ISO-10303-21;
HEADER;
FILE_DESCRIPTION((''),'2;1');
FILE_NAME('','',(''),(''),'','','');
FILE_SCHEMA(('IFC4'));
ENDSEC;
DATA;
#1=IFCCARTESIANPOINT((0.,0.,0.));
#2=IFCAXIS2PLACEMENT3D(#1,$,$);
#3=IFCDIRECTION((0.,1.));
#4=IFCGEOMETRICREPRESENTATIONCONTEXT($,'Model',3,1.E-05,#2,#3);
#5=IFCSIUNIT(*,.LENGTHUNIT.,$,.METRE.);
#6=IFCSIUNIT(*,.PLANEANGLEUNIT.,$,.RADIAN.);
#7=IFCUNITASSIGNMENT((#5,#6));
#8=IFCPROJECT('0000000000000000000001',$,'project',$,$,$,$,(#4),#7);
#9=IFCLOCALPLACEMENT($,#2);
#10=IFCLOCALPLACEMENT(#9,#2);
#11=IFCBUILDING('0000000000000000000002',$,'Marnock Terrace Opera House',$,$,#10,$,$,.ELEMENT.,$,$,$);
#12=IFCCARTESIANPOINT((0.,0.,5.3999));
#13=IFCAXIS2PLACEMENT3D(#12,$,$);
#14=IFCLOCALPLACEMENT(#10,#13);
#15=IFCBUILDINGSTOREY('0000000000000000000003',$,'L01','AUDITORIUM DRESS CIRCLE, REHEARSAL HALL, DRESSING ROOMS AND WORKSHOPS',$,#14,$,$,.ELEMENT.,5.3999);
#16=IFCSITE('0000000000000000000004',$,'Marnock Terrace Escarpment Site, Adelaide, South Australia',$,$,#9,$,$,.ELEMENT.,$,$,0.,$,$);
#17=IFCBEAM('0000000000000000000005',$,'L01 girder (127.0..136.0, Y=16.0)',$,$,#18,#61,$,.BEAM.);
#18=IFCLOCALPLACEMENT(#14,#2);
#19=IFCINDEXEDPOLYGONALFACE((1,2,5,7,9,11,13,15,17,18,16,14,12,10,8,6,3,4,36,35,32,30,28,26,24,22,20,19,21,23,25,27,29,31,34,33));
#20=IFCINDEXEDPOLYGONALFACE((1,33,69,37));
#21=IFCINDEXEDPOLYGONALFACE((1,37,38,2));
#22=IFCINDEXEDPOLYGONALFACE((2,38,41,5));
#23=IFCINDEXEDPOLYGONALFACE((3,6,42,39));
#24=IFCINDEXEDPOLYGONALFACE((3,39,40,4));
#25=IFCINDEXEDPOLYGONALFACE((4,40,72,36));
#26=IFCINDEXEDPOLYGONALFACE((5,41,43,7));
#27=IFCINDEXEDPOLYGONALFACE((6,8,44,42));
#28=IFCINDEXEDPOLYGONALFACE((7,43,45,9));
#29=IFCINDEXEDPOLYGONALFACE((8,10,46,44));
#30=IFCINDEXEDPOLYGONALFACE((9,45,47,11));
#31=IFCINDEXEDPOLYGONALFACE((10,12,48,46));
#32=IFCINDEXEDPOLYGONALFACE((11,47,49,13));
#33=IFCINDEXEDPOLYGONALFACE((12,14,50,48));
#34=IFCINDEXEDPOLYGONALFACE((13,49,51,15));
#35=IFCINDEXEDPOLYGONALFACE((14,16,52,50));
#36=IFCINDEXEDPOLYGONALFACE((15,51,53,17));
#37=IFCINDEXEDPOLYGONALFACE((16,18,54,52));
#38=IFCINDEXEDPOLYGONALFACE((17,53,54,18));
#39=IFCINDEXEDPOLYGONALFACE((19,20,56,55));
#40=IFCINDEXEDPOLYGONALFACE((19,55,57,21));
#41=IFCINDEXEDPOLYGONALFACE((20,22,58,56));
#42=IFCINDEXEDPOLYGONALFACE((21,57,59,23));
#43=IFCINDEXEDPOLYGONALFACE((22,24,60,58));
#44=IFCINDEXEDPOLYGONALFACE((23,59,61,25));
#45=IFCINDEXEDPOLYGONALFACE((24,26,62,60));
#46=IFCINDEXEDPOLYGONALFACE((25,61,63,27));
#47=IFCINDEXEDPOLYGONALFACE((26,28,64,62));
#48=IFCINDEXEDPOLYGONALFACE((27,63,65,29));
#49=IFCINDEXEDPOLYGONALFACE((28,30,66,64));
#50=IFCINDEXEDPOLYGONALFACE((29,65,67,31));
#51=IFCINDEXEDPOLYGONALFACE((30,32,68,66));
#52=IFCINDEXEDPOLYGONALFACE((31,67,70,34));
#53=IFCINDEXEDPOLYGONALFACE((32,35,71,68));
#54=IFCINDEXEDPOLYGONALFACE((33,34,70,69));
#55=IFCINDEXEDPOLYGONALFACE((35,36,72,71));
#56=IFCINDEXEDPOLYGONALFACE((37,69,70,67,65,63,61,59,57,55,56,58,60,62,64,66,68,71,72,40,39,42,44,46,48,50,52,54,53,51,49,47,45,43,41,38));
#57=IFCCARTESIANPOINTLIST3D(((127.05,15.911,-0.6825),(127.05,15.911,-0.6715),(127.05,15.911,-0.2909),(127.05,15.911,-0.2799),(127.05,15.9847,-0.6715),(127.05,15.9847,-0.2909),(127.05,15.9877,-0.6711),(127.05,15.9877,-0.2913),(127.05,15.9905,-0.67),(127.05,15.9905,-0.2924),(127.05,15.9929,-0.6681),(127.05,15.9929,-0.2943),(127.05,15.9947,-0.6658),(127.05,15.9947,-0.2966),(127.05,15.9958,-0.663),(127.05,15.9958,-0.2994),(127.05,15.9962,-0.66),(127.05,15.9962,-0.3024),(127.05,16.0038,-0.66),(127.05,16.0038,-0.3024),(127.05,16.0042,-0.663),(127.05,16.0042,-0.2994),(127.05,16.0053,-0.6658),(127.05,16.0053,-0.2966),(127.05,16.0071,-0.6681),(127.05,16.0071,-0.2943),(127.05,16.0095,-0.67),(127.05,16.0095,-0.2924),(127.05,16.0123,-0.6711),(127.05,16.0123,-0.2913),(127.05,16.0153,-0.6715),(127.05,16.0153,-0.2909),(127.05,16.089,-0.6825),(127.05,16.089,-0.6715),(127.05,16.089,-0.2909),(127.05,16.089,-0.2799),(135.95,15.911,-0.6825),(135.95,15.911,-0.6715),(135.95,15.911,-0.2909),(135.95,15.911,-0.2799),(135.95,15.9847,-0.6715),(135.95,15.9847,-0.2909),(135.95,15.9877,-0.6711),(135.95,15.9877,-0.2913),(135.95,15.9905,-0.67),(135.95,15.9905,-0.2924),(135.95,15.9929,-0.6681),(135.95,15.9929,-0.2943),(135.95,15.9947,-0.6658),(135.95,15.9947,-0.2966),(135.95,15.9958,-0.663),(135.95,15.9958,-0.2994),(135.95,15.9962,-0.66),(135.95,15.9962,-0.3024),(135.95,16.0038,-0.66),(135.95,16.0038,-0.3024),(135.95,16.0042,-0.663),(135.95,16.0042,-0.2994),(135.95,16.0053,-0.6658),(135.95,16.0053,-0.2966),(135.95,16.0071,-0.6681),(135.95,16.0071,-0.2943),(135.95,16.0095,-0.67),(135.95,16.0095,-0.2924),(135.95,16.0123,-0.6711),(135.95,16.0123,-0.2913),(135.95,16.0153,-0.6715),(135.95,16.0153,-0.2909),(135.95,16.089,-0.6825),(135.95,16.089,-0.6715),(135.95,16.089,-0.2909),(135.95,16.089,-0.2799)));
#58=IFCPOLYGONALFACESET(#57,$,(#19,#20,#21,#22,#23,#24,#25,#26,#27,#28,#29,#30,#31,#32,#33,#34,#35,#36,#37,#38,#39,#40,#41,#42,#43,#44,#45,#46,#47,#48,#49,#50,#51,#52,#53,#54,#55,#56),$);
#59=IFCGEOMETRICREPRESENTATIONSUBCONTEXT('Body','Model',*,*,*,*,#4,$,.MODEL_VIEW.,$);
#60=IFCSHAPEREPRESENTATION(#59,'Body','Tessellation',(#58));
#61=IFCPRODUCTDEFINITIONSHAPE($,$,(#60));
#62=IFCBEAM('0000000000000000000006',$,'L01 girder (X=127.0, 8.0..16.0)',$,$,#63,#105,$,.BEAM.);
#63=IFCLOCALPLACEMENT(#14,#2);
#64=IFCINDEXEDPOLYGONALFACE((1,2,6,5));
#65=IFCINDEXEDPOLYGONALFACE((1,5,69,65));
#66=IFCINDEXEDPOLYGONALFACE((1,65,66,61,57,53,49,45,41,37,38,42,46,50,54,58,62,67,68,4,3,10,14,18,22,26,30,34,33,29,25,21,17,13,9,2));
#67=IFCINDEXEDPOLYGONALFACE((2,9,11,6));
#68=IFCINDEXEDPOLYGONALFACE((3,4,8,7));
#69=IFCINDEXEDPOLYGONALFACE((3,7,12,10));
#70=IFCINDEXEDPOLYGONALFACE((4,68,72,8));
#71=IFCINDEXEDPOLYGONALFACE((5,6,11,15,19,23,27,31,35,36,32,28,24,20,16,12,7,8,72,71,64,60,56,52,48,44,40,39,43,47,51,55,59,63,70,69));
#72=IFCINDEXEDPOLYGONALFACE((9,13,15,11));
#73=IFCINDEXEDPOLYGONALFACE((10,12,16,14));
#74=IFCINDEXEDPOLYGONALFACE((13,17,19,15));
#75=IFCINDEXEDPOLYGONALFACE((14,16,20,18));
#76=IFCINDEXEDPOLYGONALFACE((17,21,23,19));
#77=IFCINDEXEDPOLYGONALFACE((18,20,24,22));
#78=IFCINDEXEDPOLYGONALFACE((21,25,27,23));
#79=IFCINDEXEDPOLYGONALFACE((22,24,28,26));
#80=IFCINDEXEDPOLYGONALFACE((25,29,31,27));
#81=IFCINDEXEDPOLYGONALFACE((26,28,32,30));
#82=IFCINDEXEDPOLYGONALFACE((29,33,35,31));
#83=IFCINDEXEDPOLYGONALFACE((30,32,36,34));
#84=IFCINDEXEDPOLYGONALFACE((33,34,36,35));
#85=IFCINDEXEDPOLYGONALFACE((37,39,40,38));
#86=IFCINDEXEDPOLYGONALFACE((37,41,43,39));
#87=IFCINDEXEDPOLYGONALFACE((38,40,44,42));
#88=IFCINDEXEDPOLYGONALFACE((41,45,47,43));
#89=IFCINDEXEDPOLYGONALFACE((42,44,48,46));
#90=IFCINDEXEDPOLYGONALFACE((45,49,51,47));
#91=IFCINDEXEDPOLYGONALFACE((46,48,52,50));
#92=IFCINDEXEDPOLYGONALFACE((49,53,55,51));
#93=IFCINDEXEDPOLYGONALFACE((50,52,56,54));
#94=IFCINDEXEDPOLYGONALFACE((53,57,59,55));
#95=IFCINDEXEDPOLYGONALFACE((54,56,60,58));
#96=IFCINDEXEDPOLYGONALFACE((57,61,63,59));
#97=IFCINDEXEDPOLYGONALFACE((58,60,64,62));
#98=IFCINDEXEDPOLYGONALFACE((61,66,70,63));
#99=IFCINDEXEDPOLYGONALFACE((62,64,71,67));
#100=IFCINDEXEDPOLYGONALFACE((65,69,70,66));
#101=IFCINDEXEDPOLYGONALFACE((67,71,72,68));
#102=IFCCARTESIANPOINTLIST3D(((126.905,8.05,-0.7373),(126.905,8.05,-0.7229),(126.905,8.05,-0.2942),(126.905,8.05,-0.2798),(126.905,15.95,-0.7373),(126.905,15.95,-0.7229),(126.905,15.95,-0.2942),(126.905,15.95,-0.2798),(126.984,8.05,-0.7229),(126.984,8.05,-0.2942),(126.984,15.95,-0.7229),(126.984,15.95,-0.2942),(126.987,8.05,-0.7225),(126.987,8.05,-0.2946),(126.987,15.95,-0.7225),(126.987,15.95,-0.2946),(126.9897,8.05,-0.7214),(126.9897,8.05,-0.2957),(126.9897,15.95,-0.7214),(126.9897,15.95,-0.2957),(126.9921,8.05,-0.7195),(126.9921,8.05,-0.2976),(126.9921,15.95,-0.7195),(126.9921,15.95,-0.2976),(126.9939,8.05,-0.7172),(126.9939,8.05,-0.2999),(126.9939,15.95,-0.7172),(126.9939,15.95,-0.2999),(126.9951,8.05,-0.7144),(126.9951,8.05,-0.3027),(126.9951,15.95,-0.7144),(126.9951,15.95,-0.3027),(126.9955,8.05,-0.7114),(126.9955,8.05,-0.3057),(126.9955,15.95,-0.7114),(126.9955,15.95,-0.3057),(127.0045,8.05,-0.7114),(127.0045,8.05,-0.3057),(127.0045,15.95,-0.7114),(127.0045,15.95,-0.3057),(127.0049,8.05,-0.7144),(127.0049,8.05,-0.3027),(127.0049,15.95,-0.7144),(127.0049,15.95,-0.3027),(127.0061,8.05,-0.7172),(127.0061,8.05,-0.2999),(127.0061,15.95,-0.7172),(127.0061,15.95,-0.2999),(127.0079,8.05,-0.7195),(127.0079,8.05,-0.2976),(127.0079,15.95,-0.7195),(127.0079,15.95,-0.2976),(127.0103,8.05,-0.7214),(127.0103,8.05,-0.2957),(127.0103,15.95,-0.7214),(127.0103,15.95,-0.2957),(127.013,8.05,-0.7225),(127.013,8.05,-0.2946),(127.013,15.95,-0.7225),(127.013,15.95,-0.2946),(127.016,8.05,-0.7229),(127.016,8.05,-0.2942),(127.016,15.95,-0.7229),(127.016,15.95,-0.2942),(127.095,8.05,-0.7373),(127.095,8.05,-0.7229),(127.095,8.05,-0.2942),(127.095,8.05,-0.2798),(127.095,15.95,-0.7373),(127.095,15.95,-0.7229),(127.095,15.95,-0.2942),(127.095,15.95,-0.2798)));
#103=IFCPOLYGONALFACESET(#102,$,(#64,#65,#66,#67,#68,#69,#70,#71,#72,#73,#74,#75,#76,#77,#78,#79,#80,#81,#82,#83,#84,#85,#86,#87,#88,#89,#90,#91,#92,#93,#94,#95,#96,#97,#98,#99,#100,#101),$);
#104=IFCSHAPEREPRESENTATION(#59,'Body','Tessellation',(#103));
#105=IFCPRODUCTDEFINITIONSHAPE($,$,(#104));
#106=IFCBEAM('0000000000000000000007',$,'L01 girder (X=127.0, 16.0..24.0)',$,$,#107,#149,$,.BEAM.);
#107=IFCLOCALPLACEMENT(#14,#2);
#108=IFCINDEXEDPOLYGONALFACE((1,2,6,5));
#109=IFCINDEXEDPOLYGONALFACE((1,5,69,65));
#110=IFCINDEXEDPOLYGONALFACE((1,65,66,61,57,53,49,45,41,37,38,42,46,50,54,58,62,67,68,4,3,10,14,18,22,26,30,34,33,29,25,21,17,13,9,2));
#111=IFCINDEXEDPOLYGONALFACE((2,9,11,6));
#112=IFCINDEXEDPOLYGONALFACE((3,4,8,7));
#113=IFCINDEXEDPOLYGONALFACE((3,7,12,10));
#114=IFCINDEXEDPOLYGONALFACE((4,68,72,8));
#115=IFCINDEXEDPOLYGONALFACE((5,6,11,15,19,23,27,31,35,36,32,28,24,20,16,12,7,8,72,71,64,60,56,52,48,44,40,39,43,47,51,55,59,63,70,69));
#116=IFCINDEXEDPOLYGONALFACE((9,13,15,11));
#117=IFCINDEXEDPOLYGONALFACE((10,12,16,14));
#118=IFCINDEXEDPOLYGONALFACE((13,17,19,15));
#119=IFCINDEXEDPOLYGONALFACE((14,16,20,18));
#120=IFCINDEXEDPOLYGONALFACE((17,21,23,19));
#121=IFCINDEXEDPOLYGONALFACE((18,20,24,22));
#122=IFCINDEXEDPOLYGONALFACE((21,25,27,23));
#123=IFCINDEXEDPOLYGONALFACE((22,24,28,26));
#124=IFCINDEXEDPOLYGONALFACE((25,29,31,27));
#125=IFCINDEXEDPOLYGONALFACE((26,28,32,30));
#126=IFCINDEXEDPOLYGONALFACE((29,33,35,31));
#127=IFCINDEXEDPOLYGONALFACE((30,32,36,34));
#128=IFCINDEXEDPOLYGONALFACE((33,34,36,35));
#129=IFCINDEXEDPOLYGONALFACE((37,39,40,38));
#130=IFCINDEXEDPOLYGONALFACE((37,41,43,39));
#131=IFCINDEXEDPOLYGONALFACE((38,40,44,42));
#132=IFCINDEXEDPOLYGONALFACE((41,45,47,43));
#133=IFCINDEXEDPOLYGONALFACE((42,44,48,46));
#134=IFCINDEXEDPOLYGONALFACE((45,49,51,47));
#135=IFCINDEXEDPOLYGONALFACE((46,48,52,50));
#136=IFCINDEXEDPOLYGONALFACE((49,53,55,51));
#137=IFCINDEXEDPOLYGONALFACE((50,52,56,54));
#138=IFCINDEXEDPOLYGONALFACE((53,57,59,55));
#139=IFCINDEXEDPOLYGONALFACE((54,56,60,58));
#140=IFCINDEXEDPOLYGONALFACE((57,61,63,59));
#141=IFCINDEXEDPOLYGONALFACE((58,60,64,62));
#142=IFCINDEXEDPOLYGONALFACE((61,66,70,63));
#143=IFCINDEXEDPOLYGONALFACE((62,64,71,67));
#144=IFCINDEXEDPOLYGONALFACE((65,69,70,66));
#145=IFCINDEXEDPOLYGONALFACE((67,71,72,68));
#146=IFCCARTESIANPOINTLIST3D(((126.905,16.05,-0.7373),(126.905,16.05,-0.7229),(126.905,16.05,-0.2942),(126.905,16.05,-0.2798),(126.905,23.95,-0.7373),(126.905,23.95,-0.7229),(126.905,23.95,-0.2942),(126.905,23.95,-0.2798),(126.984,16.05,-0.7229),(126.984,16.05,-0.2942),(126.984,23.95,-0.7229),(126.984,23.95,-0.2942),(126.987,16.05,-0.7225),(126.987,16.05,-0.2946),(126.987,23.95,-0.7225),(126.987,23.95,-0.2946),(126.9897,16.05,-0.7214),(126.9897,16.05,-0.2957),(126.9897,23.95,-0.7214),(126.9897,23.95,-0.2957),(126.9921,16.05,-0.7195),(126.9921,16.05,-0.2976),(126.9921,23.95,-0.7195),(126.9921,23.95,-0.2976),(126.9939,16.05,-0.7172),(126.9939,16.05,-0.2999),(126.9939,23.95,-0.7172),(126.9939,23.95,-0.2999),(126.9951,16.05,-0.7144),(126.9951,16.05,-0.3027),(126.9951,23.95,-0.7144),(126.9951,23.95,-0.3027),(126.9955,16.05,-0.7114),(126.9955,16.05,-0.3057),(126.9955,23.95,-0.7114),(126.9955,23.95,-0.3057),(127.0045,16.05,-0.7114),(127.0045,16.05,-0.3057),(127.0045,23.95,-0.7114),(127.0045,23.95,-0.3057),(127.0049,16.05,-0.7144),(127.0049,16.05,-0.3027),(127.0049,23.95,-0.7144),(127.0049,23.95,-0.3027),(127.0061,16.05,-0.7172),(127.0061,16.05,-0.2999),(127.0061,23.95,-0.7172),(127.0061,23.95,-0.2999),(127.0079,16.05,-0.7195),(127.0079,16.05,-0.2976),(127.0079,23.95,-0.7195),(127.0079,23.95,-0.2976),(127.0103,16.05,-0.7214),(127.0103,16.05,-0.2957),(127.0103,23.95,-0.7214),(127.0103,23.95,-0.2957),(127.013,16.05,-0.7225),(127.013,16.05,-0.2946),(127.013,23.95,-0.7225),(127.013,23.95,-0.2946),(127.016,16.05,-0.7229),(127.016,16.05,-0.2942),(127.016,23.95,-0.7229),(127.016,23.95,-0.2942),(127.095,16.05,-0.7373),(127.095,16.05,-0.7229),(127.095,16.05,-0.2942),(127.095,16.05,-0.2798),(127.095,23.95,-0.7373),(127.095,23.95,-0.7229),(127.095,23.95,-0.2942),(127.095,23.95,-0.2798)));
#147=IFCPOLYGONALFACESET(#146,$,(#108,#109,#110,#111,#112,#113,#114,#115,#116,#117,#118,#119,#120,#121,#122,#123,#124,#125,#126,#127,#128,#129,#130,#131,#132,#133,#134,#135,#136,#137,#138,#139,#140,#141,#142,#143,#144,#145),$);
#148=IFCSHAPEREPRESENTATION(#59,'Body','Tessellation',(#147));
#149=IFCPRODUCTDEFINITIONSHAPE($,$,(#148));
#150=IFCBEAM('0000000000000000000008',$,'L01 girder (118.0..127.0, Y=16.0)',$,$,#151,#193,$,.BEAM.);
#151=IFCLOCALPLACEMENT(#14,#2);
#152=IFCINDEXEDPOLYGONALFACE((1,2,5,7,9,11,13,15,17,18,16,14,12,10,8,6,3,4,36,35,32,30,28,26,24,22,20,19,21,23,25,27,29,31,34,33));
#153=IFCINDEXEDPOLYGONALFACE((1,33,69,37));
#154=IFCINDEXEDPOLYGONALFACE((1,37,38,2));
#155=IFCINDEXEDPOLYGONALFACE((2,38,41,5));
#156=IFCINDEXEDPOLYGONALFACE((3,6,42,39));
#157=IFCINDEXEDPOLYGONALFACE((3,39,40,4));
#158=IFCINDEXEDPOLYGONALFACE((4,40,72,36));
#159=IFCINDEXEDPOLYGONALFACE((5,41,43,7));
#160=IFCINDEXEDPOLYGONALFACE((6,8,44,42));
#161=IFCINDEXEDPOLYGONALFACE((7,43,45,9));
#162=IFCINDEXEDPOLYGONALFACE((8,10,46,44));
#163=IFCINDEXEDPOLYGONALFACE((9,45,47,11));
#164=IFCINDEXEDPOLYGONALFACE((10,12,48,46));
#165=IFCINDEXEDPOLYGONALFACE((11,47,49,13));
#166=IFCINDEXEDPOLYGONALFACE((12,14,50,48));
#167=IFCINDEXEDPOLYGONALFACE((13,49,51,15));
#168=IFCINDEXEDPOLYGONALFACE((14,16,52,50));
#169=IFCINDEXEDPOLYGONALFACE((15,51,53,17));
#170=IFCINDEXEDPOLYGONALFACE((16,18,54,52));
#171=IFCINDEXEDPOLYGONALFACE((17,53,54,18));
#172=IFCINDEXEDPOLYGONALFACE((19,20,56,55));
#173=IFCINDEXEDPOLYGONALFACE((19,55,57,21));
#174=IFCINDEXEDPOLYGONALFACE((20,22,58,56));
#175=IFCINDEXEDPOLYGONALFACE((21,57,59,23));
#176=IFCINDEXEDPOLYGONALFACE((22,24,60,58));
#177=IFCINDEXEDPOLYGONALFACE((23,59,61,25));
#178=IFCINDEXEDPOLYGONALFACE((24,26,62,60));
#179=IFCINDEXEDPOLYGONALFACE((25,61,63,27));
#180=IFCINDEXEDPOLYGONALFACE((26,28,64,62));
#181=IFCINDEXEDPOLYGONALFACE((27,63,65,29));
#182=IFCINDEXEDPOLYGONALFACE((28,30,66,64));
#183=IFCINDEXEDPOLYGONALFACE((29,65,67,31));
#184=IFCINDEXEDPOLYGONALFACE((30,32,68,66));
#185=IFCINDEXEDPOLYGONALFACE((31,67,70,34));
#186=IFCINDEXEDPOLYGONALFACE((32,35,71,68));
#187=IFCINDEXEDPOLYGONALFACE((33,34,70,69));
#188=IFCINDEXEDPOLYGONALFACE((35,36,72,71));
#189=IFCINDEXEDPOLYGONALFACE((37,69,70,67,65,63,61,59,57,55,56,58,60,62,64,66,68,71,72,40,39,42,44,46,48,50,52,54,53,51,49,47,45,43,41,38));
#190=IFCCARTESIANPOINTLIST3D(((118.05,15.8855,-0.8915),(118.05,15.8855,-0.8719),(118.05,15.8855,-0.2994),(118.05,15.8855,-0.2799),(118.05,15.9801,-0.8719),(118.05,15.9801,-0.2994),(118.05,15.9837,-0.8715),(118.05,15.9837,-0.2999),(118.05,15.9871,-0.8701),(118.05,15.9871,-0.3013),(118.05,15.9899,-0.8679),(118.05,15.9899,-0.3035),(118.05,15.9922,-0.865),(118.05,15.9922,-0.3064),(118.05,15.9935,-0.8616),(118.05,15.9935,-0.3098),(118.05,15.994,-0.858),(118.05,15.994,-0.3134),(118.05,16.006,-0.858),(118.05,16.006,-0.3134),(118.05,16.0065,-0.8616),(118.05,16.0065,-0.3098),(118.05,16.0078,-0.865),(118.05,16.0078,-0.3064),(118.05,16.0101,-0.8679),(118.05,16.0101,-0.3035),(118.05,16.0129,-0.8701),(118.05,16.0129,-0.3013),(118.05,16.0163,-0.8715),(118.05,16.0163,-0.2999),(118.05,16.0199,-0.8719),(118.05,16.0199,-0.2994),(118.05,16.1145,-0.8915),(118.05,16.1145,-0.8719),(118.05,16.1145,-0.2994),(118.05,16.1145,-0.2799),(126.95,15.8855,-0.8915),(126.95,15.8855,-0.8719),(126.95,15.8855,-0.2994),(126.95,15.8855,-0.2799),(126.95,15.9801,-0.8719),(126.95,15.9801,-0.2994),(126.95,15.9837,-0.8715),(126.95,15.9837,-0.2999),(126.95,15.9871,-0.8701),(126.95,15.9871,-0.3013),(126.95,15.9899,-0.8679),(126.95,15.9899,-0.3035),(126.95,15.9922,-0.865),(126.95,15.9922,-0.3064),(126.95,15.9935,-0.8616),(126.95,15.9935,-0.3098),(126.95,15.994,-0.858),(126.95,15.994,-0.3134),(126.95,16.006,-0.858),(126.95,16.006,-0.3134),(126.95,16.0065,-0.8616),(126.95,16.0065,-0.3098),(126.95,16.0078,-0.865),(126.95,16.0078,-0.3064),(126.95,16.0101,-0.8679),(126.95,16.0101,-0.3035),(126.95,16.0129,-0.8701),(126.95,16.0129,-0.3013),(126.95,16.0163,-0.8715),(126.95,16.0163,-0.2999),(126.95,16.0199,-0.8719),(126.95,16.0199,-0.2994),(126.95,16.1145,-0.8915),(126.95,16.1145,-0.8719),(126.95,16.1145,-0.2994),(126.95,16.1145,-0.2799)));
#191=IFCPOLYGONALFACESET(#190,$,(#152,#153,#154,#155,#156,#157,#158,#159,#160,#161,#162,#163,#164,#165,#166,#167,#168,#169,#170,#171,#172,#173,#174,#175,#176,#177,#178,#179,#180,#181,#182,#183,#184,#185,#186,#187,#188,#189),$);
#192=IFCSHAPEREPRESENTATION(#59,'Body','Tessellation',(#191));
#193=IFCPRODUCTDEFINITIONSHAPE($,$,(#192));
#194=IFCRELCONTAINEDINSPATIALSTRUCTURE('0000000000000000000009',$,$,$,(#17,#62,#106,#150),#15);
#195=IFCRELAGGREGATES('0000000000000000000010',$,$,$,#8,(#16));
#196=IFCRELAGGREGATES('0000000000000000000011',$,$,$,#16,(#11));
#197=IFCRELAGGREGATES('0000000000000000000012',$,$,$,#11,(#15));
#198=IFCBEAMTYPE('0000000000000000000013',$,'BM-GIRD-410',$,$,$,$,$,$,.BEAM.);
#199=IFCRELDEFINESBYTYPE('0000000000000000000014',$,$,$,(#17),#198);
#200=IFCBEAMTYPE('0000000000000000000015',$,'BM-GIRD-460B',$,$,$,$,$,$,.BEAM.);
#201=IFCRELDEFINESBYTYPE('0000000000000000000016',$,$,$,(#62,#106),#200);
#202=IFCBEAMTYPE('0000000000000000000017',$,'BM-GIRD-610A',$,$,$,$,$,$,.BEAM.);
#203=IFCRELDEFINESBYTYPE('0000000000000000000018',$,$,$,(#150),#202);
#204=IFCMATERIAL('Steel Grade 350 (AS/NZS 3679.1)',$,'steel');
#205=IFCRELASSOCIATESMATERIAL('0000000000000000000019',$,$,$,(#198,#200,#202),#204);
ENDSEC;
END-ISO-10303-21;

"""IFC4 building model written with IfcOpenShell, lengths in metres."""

from ifc_helpers import new_model, si_unit, direction, frame, origin, origin_2d, place, context, subcontext, project, spatial, i_section, extrude, material, material_profile, profile_set, type_object, element, save


model = new_model("IFC4")

# Units and contexts
model_context = context("Model", 3, precision=1e-05, world=origin(), true_north=direction((0.0, 1.0)))
body_context = subcontext(model_context, "Body", "Model", "MODEL_VIEW")
ifc_project = project(units=[si_unit("LENGTHUNIT", "METRE"), si_unit("PLANEANGLEUNIT", "RADIAN")], contexts=[model_context])

# Site, building, storey
site_placement = place(None, origin())
site = spatial("IfcSite", under=ifc_project, at=site_placement, Name="Marnock Terrace Escarpment Site, Adelaide, South Australia", CompositionType="ELEMENT", RefElevation=0.0)
building_placement = place(site_placement, origin())
building = spatial("IfcBuilding", under=site, at=building_placement, Name="Marnock Terrace Opera House", CompositionType="ELEMENT")
storey_placement = place(building_placement, frame((0.0, 0.0, 5.3999)))
storey = spatial("IfcBuildingStorey", under=building, at=storey_placement, Name="L01", Description="AUDITORIUM DRESS CIRCLE, REHEARSAL HALL, DRESSING ROOMS AND WORKSHOPS", CompositionType="ELEMENT", Elevation=5.3999)

# Beams
ifc_material_1 = material(Name="Steel Grade 350 (AS/NZS 3679.1)", Category="steel")
ifc_material_profile_1 = material_profile(ifc_material_1, i_section(OverallWidth=0.178, OverallDepth=0.4026, WebThickness=0.0076, FlangeThickness=0.011, FilletRadius=0.0115, at=origin_2d()))
ifc_profile_set_1 = profile_set([ifc_material_profile_1], Name="Steel Grade 350 (AS/NZS 3679.1)")
beam_type_1 = type_object("IfcBeamType", Name="BM-GIRD-410", PredefinedType="BEAM", material=ifc_profile_set_1)
beam_1_placement = place(storey_placement, frame((127.05, 16.0, -0.4812), z_axis=(1.0, 0.0, 0.0), x_axis=(0.0, 1.0, 0.0)))
element("IfcBeam", 1, at=beam_1_placement, inside=storey, type_object=beam_type_1, Name="L01 girder (127.0..136.0, Y=16.0)", PredefinedType="BEAM", context=body_context, shape_type="SweptSolid", body=[
    extrude(i_section(OverallWidth=0.178, OverallDepth=0.4026, WebThickness=0.0076, FlangeThickness=0.011, FilletRadius=0.0115, at=origin_2d()), origin(), (0.0, 0.0, 1.0), 8.8999),
])
ifc_material_profile_2 = material_profile(ifc_material_1, i_section(OverallWidth=0.1899, OverallDepth=0.4575, WebThickness=0.009, FlangeThickness=0.0144, FilletRadius=0.0115, at=origin_2d()))
ifc_profile_set_2 = profile_set([ifc_material_profile_2], Name="Steel Grade 350 (AS/NZS 3679.1)")
beam_type_2 = type_object("IfcBeamType", Name="BM-GIRD-460B", PredefinedType="BEAM", material=ifc_profile_set_2)
for number, where, z_axis, x_axis, name in (
    (2, (127.0, 8.05, -0.5085), (0.0, 1.0, 0.0), (-1.0, 0.0, 0.0), "L01 girder (X=127.0, 8.0..16.0)"),
    (3, (127.0, 16.05, -0.5085), (0.0, 1.0, 0.0), (-1.0, 0.0, 0.0), "L01 girder (X=127.0, 16.0..24.0)"),
):
    element("IfcBeam", number, at=place(storey_placement, frame(where, z_axis=z_axis, x_axis=x_axis)), inside=storey, type_object=beam_type_2, Name=name, PredefinedType="BEAM", context=body_context, shape_type="SweptSolid", body=[
        extrude(i_section(OverallWidth=0.1899, OverallDepth=0.4575, WebThickness=0.009, FlangeThickness=0.0144, FilletRadius=0.0115, at=origin_2d()), origin(), (0.0, 0.0, 1.0), 7.8999),
    ])
ifc_material_profile_3 = material_profile(ifc_material_1, i_section(OverallWidth=0.229, OverallDepth=0.6116, WebThickness=0.012, FlangeThickness=0.0195, FilletRadius=0.0139, at=origin_2d()))
ifc_profile_set_3 = profile_set([ifc_material_profile_3], Name="Steel Grade 350 (AS/NZS 3679.1)")
beam_type_3 = type_object("IfcBeamType", Name="BM-GIRD-610A", PredefinedType="BEAM", material=ifc_profile_set_3)
beam_2_placement = place(storey_placement, frame((118.05, 16.0, -0.5857), z_axis=(1.0, 0.0, 0.0), x_axis=(0.0, 1.0, 0.0)))
element("IfcBeam", 4, at=beam_2_placement, inside=storey, type_object=beam_type_3, Name="L01 girder (118.0..127.0, Y=16.0)", PredefinedType="BEAM", context=body_context, shape_type="SweptSolid", body=[
    extrude(i_section(OverallWidth=0.229, OverallDepth=0.6116, WebThickness=0.012, FlangeThickness=0.0195, FilletRadius=0.0139, at=origin_2d()), origin(), (0.0, 0.0, 1.0), 8.8999),
])

save(model, "model.ifc")
